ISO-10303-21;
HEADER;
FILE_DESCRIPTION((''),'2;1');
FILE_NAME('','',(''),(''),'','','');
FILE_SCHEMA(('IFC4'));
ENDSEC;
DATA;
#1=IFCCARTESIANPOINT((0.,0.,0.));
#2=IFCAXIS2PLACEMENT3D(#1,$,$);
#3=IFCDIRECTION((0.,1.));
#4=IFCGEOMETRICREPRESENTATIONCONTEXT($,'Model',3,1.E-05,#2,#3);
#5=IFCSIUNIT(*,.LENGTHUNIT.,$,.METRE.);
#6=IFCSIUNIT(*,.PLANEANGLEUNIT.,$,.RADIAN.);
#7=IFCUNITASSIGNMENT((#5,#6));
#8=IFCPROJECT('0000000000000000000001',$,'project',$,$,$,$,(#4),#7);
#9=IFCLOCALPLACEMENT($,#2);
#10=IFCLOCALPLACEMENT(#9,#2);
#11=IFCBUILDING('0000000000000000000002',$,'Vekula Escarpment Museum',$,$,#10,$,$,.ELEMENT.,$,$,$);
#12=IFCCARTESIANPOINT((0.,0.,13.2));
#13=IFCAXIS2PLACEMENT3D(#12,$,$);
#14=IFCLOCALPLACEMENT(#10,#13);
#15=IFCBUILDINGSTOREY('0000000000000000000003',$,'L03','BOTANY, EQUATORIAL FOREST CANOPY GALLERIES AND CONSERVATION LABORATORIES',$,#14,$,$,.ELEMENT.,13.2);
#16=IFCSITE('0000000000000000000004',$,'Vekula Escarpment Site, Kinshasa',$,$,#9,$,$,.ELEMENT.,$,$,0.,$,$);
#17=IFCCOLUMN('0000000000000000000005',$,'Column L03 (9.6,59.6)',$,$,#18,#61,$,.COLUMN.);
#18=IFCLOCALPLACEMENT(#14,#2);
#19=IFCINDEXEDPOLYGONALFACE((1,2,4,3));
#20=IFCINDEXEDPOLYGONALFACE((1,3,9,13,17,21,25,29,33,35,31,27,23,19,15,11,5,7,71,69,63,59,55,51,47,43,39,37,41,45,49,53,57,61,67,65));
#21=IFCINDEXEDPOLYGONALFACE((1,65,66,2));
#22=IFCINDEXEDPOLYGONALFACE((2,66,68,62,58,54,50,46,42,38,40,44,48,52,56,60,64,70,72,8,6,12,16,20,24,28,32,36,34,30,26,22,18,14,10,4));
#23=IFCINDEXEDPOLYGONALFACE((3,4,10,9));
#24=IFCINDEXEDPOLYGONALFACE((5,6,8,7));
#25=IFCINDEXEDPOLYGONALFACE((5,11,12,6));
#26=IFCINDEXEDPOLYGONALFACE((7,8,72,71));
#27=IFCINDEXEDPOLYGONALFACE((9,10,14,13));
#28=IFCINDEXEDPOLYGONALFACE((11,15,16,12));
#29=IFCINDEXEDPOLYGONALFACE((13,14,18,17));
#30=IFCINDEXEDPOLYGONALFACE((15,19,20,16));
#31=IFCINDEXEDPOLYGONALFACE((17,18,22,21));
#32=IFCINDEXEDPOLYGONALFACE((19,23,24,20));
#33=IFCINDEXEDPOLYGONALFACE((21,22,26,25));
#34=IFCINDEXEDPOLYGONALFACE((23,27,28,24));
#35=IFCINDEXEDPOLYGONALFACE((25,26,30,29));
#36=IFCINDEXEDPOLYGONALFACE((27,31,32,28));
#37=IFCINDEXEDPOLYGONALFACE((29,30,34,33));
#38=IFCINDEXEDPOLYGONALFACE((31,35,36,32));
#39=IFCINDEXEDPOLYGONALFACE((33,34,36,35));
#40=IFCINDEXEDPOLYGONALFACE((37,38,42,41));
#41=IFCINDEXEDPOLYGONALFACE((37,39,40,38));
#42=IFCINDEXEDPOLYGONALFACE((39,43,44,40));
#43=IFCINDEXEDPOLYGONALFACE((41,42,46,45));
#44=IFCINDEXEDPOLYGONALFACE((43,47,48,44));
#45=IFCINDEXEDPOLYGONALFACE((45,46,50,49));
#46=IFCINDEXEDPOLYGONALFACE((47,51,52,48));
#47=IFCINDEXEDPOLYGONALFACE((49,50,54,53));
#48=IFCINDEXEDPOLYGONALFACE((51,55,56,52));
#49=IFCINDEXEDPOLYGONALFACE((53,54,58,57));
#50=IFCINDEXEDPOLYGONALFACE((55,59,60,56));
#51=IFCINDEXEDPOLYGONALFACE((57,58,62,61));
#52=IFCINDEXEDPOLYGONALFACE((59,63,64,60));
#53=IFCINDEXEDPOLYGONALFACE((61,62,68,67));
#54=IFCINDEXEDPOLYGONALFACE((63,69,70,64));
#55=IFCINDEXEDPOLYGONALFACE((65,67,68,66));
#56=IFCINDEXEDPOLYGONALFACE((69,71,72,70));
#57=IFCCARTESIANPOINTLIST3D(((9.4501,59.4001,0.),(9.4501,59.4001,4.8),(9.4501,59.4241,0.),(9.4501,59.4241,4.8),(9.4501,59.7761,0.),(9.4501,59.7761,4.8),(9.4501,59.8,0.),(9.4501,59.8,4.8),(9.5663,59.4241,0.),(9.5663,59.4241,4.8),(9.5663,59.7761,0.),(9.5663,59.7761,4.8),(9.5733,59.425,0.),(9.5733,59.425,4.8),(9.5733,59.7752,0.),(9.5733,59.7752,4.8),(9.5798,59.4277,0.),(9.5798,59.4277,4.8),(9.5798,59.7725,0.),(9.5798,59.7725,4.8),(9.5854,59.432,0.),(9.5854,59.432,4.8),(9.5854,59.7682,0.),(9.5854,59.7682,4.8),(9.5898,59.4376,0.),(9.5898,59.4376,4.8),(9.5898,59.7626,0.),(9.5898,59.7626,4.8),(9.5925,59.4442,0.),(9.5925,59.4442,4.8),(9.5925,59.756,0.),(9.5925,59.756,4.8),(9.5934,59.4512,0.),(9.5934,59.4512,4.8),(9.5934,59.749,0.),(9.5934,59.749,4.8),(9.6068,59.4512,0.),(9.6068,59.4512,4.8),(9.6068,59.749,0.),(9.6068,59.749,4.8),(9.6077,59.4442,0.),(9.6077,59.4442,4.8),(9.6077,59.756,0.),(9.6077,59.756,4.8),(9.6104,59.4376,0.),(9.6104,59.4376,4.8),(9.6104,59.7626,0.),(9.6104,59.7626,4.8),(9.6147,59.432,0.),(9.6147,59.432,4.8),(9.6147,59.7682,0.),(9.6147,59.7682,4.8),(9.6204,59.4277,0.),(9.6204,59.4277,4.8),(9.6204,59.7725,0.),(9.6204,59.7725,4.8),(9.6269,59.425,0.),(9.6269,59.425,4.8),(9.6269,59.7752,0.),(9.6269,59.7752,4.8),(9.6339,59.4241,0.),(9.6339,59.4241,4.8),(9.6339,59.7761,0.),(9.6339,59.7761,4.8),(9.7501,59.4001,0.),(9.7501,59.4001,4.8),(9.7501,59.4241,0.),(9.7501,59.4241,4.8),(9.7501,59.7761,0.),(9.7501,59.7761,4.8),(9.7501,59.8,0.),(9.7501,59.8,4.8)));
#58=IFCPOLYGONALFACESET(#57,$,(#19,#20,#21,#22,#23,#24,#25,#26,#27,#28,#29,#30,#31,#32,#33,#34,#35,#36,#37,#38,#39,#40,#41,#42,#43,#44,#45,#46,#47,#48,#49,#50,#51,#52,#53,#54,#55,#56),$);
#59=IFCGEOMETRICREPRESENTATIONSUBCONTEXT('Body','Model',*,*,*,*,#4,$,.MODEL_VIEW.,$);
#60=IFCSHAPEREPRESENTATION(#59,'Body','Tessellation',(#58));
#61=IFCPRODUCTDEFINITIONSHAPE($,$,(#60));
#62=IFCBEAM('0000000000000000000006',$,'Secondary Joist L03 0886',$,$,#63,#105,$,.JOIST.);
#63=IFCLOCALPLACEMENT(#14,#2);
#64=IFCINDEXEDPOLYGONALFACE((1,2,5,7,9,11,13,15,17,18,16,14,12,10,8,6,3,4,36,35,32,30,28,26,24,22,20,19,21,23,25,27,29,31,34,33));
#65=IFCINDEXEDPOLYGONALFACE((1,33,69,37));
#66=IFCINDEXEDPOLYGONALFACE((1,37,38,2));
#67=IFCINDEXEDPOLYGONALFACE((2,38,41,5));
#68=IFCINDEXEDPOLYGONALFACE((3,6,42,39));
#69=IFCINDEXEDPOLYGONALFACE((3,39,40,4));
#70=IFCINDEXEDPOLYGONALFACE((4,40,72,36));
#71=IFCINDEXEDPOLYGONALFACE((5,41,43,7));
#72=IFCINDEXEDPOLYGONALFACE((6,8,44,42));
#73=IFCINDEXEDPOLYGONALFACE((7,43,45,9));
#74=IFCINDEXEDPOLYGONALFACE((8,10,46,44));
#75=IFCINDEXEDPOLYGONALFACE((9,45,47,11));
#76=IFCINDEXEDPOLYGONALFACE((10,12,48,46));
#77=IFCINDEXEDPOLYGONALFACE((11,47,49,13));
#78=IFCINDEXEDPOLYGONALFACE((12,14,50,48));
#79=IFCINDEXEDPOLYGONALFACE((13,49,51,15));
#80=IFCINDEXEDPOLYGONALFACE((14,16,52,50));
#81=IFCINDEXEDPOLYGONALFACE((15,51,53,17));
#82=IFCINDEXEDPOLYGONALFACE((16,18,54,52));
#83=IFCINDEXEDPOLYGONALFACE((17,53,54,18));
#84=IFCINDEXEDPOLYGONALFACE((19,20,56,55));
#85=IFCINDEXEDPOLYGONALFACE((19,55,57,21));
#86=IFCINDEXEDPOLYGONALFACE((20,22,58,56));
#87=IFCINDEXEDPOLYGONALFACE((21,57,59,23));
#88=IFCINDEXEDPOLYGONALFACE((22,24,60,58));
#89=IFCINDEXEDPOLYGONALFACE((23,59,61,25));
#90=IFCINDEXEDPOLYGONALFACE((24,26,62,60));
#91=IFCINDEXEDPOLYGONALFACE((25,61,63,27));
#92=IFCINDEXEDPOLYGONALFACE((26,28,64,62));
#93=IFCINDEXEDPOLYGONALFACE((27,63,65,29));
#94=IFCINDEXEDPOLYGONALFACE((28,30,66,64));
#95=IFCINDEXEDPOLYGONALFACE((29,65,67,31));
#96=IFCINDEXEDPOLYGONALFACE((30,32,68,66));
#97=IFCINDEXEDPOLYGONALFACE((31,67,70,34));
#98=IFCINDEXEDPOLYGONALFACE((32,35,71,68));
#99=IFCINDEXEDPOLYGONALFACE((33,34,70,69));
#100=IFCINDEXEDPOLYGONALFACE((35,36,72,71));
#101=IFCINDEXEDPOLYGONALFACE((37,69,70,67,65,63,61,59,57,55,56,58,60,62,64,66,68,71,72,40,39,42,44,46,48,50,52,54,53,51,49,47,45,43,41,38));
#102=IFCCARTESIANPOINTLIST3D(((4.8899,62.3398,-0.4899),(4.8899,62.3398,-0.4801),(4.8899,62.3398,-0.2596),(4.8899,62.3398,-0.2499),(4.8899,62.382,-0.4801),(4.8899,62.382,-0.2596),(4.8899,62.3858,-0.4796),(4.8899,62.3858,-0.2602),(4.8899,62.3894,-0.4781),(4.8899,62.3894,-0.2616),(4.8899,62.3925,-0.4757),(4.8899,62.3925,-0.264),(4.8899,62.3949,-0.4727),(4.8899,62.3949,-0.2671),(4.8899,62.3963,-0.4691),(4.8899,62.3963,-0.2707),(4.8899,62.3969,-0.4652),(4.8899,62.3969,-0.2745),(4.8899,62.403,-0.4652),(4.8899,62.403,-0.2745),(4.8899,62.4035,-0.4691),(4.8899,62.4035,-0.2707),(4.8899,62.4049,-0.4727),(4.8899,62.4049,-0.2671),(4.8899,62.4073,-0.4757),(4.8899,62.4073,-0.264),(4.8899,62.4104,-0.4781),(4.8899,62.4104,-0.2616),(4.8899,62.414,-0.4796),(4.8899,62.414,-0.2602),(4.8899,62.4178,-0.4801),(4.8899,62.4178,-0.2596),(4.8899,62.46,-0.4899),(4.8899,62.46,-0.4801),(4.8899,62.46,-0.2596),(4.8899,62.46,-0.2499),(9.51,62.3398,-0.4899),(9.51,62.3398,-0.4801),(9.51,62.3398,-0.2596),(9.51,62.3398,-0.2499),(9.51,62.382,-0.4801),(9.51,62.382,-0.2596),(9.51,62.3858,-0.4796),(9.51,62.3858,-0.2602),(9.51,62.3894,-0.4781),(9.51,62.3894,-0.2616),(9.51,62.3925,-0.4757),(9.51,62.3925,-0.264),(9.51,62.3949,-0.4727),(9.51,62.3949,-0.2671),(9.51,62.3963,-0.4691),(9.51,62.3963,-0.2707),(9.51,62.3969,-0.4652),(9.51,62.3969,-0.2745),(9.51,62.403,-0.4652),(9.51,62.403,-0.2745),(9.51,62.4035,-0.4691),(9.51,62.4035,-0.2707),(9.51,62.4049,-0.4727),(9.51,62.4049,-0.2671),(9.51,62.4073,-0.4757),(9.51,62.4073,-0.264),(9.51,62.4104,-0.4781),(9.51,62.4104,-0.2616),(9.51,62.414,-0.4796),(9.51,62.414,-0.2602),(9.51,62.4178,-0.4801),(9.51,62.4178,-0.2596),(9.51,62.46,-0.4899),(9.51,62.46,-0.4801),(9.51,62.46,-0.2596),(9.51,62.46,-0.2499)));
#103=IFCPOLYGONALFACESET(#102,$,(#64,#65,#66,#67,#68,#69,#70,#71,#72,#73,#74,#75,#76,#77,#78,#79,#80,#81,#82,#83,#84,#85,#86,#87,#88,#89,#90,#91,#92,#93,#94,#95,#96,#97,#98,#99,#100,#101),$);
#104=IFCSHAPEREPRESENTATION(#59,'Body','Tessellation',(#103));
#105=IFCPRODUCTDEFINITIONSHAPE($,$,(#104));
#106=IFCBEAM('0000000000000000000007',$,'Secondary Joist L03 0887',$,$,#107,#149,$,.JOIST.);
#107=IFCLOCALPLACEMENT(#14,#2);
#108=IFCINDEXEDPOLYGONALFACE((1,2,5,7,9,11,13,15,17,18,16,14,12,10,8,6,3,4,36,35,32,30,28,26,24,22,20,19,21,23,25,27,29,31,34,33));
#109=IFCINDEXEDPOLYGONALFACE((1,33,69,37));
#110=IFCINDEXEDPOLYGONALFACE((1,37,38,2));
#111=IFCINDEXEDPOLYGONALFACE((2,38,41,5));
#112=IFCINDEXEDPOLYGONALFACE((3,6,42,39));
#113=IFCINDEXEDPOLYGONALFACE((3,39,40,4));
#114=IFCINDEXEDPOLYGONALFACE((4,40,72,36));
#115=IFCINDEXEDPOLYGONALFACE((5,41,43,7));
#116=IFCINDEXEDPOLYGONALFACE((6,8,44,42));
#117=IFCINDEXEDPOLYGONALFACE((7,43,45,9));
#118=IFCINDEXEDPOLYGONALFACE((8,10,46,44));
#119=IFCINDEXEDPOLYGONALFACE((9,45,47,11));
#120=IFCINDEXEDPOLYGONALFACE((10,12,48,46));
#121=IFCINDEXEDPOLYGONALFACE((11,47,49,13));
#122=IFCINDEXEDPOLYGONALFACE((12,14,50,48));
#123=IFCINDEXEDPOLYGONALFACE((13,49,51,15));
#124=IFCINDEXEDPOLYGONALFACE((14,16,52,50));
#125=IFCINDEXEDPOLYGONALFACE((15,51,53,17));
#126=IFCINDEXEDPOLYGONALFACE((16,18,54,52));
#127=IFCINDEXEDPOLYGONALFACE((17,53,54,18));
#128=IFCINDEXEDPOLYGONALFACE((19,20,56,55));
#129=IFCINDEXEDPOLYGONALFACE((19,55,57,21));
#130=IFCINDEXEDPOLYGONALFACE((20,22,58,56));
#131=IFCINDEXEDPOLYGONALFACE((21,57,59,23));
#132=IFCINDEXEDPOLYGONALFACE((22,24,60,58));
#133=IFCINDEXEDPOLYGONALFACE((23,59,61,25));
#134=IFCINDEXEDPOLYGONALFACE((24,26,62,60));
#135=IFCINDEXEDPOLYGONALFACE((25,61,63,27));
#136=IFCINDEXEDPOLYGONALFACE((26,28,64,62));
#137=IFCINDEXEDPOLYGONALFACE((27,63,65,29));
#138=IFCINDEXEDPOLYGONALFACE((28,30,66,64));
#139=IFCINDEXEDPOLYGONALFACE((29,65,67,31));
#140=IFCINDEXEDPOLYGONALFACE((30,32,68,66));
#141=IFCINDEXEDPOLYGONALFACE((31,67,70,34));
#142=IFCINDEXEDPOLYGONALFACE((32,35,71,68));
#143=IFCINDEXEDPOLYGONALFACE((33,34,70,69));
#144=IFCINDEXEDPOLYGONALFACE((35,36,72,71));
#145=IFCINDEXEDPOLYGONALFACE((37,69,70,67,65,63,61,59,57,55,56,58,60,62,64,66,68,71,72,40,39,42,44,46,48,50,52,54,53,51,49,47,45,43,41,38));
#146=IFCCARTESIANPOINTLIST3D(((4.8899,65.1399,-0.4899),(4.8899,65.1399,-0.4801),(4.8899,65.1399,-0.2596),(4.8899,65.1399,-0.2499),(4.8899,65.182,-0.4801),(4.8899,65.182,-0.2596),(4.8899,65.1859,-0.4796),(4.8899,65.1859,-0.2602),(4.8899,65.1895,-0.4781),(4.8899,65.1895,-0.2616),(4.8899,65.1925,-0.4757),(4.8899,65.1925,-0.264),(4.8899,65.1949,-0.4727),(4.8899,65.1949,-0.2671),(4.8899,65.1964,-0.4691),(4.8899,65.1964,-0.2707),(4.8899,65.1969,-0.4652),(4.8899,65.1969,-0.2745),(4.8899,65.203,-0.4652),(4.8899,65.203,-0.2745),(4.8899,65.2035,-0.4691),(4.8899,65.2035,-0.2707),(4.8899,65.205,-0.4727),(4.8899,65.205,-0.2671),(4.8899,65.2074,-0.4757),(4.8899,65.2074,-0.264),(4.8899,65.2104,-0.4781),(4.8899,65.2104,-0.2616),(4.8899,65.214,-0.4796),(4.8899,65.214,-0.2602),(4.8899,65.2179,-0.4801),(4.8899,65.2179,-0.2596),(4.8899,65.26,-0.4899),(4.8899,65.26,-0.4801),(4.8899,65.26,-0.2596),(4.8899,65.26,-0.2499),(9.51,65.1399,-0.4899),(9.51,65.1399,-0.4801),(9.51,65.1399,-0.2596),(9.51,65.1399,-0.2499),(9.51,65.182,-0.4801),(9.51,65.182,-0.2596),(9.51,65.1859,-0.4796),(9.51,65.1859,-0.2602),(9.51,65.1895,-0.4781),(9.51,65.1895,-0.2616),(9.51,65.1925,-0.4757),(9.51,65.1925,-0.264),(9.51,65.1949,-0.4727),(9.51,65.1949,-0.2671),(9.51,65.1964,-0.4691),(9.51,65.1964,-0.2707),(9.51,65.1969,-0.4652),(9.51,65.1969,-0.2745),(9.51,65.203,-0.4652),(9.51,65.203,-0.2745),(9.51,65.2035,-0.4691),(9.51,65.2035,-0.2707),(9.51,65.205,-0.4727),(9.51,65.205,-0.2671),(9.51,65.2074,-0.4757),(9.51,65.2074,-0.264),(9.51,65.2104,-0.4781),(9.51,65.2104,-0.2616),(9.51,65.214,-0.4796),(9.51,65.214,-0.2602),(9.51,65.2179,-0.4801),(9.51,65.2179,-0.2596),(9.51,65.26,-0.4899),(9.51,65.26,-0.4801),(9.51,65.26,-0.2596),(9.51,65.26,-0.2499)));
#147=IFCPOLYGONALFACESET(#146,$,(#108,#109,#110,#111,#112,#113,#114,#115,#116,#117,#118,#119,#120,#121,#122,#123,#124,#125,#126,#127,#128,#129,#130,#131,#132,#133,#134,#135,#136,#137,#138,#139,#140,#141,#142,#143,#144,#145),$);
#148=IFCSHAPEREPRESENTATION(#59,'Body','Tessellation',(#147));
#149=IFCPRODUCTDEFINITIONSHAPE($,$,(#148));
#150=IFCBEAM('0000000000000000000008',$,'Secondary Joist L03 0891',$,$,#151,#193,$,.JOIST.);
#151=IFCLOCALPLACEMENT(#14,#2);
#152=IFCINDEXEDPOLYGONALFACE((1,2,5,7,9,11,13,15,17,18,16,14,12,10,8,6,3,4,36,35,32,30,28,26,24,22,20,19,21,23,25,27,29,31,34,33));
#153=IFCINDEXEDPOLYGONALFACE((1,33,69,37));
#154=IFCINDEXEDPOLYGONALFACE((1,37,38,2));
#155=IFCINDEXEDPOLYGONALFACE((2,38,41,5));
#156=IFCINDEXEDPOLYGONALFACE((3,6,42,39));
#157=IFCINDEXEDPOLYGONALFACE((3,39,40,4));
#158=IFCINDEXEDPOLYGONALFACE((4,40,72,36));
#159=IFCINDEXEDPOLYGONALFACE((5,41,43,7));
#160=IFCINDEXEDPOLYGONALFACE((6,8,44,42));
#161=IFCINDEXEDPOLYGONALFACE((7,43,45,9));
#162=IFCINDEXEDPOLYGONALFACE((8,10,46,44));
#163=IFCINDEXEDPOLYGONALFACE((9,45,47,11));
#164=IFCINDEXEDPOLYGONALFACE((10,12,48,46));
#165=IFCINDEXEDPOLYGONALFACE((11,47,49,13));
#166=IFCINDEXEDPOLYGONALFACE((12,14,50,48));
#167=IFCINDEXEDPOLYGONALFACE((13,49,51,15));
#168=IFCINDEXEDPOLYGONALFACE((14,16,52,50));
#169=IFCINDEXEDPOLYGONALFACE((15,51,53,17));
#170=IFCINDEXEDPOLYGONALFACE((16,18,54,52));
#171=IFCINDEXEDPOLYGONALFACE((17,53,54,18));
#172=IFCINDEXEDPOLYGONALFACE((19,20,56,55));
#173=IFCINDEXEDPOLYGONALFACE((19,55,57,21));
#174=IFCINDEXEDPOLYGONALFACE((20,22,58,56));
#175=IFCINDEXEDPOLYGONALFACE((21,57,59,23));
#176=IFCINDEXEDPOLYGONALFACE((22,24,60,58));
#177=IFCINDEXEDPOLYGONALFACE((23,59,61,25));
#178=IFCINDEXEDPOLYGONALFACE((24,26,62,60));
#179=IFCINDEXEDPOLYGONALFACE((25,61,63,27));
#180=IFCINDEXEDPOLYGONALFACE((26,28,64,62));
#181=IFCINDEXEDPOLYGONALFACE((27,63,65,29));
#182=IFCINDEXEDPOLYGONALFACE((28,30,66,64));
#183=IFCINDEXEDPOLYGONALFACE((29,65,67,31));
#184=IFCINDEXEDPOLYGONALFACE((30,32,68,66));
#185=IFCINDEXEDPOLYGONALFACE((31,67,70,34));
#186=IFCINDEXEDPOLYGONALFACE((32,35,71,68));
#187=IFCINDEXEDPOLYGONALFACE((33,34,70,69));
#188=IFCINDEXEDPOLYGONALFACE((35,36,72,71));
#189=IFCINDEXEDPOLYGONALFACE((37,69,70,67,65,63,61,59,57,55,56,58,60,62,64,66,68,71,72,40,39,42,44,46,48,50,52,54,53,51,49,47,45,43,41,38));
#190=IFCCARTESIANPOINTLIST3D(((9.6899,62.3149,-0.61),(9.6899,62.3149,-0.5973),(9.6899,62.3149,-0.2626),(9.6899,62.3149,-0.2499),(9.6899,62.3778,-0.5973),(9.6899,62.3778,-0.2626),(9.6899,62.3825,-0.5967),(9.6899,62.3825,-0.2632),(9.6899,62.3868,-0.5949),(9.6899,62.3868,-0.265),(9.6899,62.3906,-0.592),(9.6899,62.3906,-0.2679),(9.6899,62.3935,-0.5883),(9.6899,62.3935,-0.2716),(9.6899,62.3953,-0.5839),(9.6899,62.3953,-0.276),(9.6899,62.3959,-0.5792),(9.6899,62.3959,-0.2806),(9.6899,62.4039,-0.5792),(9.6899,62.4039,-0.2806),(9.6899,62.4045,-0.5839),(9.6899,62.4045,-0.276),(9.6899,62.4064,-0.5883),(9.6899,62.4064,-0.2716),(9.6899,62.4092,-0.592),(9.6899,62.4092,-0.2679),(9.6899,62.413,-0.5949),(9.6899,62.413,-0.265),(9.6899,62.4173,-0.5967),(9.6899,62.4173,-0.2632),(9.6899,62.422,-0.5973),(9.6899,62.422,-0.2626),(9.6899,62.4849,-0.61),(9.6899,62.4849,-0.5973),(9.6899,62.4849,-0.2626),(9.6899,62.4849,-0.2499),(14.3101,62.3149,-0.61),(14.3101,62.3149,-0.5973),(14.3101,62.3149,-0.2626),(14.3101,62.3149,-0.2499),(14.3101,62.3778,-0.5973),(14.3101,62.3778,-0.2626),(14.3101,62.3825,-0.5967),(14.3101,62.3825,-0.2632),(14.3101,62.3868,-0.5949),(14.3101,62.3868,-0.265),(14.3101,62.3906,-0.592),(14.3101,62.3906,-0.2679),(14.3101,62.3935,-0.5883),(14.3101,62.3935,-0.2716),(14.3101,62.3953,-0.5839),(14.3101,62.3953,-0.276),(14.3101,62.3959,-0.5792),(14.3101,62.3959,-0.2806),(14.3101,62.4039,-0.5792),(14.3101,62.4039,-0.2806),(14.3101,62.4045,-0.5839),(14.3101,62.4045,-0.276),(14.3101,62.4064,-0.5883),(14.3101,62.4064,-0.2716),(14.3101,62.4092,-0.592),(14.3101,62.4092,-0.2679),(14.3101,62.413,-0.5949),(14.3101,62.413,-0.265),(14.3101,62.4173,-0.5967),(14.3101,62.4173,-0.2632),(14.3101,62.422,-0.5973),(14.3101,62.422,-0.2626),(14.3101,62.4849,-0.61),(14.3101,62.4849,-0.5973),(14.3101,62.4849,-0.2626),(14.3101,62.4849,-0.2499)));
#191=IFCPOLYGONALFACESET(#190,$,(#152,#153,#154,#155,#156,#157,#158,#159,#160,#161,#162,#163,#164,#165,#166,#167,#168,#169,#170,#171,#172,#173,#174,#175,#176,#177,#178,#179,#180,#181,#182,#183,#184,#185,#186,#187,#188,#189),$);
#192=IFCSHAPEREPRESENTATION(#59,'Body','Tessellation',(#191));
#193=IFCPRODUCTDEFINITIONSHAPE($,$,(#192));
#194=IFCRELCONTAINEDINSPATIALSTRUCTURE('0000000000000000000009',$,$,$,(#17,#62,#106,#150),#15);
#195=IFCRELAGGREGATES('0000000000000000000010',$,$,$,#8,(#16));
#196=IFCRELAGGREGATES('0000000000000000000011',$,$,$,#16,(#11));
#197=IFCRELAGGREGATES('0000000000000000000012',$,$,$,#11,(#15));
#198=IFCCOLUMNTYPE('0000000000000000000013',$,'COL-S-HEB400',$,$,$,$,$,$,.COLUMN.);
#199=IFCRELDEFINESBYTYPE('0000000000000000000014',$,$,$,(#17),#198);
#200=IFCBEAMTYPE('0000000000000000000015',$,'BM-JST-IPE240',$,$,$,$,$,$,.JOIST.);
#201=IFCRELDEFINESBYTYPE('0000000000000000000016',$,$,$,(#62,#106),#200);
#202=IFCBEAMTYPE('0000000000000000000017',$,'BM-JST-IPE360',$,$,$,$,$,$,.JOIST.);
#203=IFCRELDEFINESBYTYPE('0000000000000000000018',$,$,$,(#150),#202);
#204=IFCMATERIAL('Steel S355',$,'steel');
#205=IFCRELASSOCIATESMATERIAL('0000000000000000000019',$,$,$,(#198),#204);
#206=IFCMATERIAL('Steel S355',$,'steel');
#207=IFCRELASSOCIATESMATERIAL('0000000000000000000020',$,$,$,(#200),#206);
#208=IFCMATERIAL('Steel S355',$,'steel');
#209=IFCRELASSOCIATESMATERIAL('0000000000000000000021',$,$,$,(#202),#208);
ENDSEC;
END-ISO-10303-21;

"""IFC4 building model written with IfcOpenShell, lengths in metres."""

from ifc_helpers import new_model, si_unit, direction, frame, origin, origin_2d, place, context, subcontext, project, spatial, i_section, extrude, material, material_profile, profile_set, type_object, element, save


model = new_model("IFC4")

# Units and contexts
model_context = context("Model", 3, precision=1e-05, world=origin(), true_north=direction((0.0, 1.0)))
body_context = subcontext(model_context, "Body", "Model", "MODEL_VIEW")
ifc_project = project(units=[si_unit("LENGTHUNIT", "METRE"), si_unit("PLANEANGLEUNIT", "RADIAN")], contexts=[model_context])

# Site, building, storey
site_placement = place(None, origin())
site = spatial("IfcSite", under=ifc_project, at=site_placement, Name="Vekula Escarpment Site, Kinshasa", CompositionType="ELEMENT", RefElevation=0.0)
building_placement = place(site_placement, origin())
building = spatial("IfcBuilding", under=site, at=building_placement, Name="Vekula Escarpment Museum", CompositionType="ELEMENT")
storey_placement = place(building_placement, frame((0.0, 0.0, 13.2)))
storey = spatial("IfcBuildingStorey", under=building, at=storey_placement, Name="L03", Description="BOTANY, EQUATORIAL FOREST CANOPY GALLERIES AND CONSERVATION LABORATORIES", CompositionType="ELEMENT", Elevation=13.2)

# Column
ifc_material_1 = material(Name="Steel S355", Category="steel")
ifc_material_profile_1 = material_profile(ifc_material_1, i_section(OverallWidth=0.3, OverallDepth=0.3999, WebThickness=0.0134, FlangeThickness=0.0239, FilletRadius=0.0271, at=origin_2d()), Name="HEB 400")
ifc_profile_set_1 = profile_set([ifc_material_profile_1], Name="Steel S355")
column_type = type_object("IfcColumnType", Name="COL-S-HEB400", PredefinedType="COLUMN", material=ifc_profile_set_1)
column_placement = place(storey_placement, frame((9.6001, 59.6001, 0.0), z_axis=(0.0, 0.0, 1.0), x_axis=(1.0, 0.0, 0.0)))
element("IfcColumn", 1, at=column_placement, inside=storey, type_object=column_type, Name="Column L03 (9.6,59.6)", PredefinedType="COLUMN", context=body_context, shape_type="SweptSolid", body=[
    extrude(i_section(OverallWidth=0.3, OverallDepth=0.3999, WebThickness=0.0134, FlangeThickness=0.0239, FilletRadius=0.0271, at=origin_2d()), origin(), (0.0, 0.0, 1.0), 4.8),
])

# Beams
ifc_material_2 = material(Name="Steel S355", Category="steel")
ifc_material_profile_2 = material_profile(ifc_material_2, i_section(OverallWidth=0.1201, OverallDepth=0.24, WebThickness=0.0061, FlangeThickness=0.0098, FilletRadius=0.0149, at=origin_2d()), Name="IPE 240")
ifc_profile_set_2 = profile_set([ifc_material_profile_2], Name="Steel S355")
beam_type_1 = type_object("IfcBeamType", Name="BM-JST-IPE240", PredefinedType="JOIST", material=ifc_profile_set_2)
for number, where, z_axis, x_axis, name in (
    (2, (4.8899, 62.3999, -0.3699), (1.0, 0.0, 0.0), (0.0, 1.0, 0.0), "Secondary Joist L03 0886"),
    (3, (4.8899, 65.2, -0.3699), (1.0, 0.0, 0.0), (0.0, 1.0, 0.0), "Secondary Joist L03 0887"),
):
    element("IfcBeam", number, at=place(storey_placement, frame(where, z_axis=z_axis, x_axis=x_axis)), inside=storey, type_object=beam_type_1, Name=name, PredefinedType="JOIST", context=body_context, shape_type="SweptSolid", body=[
        extrude(i_section(OverallWidth=0.1201, OverallDepth=0.24, WebThickness=0.0061, FlangeThickness=0.0098, FilletRadius=0.0149, at=origin_2d()), origin(), (0.0, 0.0, 1.0), 4.6201),
    ])
ifc_material_3 = material(Name="Steel S355", Category="steel")
ifc_material_profile_3 = material_profile(ifc_material_3, i_section(OverallWidth=0.1699, OverallDepth=0.3601, WebThickness=0.0081, FlangeThickness=0.0127, FilletRadius=0.0181, at=origin_2d()), Name="IPE 360")
ifc_profile_set_3 = profile_set([ifc_material_profile_3], Name="Steel S355")
beam_type_2 = type_object("IfcBeamType", Name="BM-JST-IPE360", PredefinedType="JOIST", material=ifc_profile_set_3)
for number, where, z_axis, x_axis, name in (
    (4, (9.6899, 62.3999, -0.4299), (1.0, 0.0, 0.0), (0.0, 1.0, 0.0), "Secondary Joist L03 0891"),
):
    element("IfcBeam", number, at=place(storey_placement, frame(where, z_axis=z_axis, x_axis=x_axis)), inside=storey, type_object=beam_type_2, Name=name, PredefinedType="JOIST", context=body_context, shape_type="SweptSolid", body=[
        extrude(i_section(OverallWidth=0.1699, OverallDepth=0.3601, WebThickness=0.0081, FlangeThickness=0.0127, FilletRadius=0.0181, at=origin_2d()), origin(), (0.0, 0.0, 1.0), 4.6201),
    ])

save(model, "model.ifc")
